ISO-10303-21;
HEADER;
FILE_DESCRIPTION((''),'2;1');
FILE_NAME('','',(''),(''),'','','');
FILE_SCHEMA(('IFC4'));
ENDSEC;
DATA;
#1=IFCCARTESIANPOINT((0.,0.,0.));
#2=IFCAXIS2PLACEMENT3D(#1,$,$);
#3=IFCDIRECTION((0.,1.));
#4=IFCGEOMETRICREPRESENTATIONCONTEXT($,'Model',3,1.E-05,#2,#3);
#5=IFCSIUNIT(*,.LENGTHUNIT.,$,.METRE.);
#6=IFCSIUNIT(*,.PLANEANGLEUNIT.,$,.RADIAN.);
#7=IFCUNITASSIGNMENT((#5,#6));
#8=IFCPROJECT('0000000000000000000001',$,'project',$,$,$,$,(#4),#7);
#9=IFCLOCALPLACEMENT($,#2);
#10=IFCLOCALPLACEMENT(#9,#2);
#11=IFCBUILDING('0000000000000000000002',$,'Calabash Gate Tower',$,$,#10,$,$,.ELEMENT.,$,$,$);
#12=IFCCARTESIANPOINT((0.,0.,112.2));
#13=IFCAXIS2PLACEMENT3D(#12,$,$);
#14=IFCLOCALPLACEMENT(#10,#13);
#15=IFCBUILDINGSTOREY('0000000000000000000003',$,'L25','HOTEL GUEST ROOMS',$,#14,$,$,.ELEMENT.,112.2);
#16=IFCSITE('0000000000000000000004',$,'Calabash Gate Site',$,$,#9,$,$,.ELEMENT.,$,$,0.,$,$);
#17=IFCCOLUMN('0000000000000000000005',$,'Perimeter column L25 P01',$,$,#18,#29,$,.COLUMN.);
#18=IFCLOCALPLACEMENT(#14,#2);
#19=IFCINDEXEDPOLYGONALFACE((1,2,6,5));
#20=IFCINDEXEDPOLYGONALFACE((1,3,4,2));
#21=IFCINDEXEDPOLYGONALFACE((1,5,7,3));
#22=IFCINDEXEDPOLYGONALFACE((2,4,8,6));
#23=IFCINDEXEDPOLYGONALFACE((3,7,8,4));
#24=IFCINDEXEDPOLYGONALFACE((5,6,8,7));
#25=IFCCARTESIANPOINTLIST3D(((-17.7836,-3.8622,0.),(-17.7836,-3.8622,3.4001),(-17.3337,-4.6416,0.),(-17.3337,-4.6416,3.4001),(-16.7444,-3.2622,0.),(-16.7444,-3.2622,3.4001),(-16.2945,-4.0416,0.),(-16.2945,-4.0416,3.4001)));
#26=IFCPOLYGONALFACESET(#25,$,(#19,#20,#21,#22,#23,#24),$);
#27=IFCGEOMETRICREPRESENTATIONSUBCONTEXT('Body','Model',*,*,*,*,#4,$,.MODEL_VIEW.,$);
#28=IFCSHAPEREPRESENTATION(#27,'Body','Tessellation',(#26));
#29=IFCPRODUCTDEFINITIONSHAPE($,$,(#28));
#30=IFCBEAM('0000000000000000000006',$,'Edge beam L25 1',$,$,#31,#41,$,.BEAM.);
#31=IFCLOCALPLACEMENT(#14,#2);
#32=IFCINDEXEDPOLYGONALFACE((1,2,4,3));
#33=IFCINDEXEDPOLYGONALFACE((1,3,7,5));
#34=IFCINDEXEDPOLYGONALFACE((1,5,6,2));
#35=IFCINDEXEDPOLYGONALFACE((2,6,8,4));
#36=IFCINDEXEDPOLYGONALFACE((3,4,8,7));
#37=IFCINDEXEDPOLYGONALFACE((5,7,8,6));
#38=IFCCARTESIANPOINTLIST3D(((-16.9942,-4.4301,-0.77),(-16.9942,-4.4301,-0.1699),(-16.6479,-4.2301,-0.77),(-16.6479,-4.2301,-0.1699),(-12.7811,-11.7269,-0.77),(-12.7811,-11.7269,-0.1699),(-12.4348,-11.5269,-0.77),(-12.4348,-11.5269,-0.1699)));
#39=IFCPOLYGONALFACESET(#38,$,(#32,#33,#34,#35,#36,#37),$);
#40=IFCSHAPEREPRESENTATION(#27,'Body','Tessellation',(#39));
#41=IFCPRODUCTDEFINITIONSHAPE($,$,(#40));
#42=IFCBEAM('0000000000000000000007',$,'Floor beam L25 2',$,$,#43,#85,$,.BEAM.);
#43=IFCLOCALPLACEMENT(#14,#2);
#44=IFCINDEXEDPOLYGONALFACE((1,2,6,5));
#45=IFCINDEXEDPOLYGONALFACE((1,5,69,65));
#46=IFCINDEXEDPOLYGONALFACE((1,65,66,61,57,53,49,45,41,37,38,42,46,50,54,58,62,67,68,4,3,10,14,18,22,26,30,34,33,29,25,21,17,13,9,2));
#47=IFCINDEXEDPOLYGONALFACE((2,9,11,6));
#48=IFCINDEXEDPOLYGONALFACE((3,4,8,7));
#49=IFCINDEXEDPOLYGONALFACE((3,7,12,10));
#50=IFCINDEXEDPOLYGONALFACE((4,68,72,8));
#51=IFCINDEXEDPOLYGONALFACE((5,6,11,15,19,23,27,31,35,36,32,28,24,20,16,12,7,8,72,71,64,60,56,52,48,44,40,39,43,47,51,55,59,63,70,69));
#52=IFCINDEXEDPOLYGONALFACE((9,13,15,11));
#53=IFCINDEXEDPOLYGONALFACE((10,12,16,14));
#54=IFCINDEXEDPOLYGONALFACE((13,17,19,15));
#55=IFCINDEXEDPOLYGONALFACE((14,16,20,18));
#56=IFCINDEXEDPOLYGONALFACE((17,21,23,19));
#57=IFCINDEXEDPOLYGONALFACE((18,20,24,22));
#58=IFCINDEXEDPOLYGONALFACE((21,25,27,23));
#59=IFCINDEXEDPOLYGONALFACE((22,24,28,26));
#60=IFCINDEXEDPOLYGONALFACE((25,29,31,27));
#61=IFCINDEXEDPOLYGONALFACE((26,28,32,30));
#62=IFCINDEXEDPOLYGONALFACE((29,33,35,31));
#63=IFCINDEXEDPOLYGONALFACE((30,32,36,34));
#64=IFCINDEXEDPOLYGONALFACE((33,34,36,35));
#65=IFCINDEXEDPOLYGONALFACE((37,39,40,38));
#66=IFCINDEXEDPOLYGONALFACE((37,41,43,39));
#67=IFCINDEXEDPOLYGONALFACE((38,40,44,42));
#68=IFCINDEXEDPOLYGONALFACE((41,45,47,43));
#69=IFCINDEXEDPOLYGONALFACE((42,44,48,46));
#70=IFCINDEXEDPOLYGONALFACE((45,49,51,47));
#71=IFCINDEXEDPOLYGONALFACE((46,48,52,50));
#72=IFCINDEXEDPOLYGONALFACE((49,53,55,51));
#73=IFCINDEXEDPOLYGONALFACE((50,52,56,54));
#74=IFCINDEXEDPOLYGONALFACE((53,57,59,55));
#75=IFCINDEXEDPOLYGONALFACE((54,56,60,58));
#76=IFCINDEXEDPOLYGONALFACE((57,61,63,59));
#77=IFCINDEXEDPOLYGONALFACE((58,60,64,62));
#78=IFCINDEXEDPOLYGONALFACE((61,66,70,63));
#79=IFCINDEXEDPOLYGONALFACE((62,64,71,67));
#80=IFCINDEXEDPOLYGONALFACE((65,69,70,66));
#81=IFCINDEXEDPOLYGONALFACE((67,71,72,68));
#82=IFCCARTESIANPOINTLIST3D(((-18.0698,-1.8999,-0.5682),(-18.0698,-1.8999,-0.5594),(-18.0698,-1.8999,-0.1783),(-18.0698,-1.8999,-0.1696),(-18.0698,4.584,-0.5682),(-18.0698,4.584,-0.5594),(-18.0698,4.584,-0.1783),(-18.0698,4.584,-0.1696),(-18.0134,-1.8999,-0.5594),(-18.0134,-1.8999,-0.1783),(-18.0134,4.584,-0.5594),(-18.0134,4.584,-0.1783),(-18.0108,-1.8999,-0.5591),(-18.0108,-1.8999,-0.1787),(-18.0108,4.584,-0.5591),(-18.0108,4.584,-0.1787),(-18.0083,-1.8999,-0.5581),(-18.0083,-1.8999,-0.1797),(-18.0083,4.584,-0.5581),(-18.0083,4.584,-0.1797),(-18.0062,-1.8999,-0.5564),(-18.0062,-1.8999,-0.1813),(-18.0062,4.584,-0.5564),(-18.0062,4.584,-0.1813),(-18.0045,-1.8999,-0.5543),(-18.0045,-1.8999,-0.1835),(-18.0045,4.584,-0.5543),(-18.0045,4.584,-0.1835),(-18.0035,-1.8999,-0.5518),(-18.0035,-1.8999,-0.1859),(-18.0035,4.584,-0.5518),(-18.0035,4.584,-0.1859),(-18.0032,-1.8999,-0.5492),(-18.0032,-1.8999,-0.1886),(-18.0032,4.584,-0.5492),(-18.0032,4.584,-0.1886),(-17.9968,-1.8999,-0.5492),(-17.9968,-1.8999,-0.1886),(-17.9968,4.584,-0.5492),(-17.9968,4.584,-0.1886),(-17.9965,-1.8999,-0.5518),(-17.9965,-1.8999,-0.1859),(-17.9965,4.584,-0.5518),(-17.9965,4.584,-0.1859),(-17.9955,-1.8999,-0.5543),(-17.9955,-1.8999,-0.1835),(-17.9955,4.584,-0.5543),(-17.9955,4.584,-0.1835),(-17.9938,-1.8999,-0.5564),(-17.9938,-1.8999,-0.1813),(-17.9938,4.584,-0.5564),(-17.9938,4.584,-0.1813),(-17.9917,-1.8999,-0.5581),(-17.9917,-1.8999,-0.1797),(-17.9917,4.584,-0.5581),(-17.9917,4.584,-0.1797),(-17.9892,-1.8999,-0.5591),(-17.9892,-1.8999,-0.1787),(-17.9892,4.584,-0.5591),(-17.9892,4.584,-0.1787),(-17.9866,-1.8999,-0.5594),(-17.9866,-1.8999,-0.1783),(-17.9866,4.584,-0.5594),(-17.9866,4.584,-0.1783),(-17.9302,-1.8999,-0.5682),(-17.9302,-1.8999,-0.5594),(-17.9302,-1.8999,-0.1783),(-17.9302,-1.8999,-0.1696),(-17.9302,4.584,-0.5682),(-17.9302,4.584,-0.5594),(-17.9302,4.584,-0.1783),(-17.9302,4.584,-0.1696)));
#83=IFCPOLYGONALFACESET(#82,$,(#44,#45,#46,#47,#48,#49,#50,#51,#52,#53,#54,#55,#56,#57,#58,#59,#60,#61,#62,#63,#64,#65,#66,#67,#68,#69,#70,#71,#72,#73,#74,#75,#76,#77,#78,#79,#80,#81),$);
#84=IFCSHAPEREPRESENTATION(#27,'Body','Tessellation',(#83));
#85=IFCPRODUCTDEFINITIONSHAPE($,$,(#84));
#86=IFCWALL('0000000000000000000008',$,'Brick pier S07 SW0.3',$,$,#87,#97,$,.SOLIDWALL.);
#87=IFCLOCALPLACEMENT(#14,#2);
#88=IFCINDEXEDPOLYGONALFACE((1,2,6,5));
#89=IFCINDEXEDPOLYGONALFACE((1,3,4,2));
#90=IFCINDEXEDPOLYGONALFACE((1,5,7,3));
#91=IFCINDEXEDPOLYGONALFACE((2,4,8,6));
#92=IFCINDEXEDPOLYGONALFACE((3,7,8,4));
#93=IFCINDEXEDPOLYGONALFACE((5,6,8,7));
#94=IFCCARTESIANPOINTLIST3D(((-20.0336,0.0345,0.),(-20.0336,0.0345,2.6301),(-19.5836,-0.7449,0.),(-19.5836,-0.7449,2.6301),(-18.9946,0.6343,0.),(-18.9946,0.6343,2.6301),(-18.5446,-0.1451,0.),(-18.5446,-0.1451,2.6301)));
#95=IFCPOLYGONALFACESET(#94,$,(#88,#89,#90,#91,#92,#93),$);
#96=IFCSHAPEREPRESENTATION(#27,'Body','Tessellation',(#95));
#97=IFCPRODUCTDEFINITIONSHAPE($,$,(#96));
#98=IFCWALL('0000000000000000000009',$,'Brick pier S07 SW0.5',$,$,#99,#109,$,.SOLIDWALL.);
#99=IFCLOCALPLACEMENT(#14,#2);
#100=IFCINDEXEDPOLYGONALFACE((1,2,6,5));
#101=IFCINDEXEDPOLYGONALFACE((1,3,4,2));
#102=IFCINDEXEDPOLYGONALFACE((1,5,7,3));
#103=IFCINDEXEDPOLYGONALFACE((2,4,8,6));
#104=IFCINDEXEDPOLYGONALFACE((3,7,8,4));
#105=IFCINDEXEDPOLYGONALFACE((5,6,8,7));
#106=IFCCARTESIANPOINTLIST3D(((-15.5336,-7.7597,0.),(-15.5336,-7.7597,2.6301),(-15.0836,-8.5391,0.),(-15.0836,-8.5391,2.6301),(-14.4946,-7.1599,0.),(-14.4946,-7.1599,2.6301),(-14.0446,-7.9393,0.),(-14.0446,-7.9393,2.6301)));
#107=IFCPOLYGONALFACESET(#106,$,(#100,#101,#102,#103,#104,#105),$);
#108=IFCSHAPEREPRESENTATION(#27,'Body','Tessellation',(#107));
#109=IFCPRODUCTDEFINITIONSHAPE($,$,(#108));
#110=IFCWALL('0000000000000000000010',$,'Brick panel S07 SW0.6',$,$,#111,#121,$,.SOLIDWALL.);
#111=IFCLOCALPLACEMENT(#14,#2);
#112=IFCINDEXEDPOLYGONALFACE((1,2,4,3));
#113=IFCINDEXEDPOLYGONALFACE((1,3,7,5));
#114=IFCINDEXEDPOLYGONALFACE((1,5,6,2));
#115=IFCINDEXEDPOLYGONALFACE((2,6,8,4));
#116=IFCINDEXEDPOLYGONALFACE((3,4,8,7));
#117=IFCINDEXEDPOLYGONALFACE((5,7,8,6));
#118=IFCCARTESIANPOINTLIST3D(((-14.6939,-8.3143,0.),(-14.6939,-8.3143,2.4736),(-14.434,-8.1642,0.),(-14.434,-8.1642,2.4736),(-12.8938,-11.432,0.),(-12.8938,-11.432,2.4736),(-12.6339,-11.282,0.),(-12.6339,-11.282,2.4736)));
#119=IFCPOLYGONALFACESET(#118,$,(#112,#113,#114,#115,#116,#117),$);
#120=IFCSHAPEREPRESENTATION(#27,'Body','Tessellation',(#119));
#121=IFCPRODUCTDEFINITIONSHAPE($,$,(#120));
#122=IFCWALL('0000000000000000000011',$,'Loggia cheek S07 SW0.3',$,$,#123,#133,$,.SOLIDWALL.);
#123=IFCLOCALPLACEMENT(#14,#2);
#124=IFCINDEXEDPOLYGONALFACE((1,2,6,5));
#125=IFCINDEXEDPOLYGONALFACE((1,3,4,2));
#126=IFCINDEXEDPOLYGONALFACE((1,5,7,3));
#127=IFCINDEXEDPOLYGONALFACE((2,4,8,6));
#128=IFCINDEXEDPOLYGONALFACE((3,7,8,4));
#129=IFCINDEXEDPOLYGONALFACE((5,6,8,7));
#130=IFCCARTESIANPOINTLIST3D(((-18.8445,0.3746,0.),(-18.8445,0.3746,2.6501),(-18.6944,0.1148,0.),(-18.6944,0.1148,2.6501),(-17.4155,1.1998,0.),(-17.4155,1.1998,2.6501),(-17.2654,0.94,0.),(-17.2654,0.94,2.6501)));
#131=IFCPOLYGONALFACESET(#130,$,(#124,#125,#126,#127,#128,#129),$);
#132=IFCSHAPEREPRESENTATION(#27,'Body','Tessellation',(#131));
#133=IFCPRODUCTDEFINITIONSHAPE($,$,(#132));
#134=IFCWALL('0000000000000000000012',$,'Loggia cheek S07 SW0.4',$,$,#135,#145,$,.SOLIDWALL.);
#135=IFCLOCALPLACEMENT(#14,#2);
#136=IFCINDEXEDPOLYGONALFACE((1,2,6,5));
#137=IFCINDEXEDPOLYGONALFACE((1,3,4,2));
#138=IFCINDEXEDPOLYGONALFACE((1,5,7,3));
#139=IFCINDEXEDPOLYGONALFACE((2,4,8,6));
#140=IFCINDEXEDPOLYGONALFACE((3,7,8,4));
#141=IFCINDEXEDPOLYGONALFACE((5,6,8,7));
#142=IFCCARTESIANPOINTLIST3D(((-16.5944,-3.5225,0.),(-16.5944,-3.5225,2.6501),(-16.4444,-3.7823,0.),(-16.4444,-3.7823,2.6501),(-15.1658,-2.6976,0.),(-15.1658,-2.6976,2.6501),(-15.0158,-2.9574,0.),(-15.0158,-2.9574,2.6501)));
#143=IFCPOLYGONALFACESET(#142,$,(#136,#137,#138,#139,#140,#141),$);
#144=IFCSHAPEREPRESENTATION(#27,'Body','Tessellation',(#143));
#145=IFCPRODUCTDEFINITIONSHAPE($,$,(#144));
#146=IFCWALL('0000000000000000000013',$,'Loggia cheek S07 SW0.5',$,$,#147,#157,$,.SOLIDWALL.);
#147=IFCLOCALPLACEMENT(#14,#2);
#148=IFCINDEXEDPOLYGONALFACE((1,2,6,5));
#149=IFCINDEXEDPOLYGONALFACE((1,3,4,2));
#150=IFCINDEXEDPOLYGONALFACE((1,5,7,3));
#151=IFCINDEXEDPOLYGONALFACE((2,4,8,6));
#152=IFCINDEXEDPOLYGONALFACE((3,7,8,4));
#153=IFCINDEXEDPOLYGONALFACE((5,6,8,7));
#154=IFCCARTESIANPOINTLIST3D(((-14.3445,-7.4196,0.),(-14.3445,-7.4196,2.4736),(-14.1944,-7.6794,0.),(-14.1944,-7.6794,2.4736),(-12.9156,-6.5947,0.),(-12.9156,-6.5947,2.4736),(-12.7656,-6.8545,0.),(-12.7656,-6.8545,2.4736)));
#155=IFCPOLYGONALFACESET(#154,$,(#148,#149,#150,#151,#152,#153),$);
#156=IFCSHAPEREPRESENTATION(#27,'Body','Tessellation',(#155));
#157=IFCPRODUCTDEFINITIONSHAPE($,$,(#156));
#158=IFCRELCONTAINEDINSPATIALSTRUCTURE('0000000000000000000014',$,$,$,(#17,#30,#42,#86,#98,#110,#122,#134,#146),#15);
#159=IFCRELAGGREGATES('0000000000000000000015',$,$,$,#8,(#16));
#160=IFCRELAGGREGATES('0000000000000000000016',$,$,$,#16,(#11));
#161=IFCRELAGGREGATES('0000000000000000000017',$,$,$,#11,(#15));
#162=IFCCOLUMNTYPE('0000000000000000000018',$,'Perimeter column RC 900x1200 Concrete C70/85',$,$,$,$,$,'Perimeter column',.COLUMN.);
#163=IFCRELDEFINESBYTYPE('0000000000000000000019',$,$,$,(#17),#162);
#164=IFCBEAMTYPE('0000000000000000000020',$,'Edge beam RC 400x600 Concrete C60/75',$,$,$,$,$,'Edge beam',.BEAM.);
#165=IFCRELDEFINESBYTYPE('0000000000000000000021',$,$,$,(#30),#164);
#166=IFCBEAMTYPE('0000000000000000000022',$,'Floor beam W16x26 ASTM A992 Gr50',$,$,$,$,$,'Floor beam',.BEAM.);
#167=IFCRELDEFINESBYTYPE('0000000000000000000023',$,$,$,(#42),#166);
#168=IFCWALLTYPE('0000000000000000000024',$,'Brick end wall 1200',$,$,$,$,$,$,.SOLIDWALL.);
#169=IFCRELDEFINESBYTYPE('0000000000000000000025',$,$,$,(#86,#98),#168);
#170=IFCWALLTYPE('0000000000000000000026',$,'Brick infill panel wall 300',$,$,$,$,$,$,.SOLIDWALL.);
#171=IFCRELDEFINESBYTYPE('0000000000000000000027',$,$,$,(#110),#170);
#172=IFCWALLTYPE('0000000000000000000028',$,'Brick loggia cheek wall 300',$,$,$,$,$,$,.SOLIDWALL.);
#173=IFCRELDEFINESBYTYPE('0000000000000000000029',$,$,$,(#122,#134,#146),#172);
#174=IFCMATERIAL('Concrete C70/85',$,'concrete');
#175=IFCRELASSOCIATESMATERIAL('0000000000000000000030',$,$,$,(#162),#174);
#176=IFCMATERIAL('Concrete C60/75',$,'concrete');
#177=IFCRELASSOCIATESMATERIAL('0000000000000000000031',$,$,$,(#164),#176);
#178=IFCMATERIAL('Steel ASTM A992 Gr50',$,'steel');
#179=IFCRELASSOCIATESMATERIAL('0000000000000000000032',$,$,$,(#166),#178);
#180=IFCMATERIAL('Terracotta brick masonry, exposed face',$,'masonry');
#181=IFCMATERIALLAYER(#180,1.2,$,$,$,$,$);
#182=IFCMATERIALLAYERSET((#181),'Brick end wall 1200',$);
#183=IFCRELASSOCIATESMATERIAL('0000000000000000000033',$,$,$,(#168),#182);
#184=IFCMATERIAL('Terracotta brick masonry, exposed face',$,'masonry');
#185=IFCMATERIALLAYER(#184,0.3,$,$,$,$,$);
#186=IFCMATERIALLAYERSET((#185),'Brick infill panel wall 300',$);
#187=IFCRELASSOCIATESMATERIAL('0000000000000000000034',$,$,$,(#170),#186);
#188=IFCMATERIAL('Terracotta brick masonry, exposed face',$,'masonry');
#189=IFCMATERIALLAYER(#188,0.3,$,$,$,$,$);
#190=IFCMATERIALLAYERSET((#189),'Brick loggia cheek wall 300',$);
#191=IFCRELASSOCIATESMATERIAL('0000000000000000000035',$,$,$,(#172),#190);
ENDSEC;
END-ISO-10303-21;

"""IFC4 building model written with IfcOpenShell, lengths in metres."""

from ifc_helpers import new_model, si_unit, direction, frame, frame_2d, origin, origin_2d, place, context, subcontext, project, spatial, rectangle, i_section, extrude, material, layer, layer_set, material_profile, profile_set, type_object, element, save


model = new_model("IFC4")

# Units and contexts
model_context = context("Model", 3, precision=1e-05, world=origin(), true_north=direction((0.0, 1.0)))
body_context = subcontext(model_context, "Body", "Model", "MODEL_VIEW")
ifc_project = project(units=[si_unit("LENGTHUNIT", "METRE"), si_unit("PLANEANGLEUNIT", "RADIAN")], contexts=[model_context])

# Site, building, storey
site_placement = place(None, origin())
site = spatial("IfcSite", under=ifc_project, at=site_placement, Name="Calabash Gate Site", CompositionType="ELEMENT", RefElevation=0.0)
building_placement = place(site_placement, origin())
building = spatial("IfcBuilding", under=site, at=building_placement, Name="Calabash Gate Tower", CompositionType="ELEMENT")
storey_placement = place(building_placement, frame((0.0, 0.0, 112.2)))
storey = spatial("IfcBuildingStorey", under=building, at=storey_placement, Name="L25", Description="HOTEL GUEST ROOMS", CompositionType="ELEMENT", Elevation=112.2)

# Column
ifc_material_1 = material(Name="Concrete C70/85", Category="concrete")
ifc_material_profile_1 = material_profile(ifc_material_1, rectangle(XDim=0.8999, YDim=1.2, at=origin_2d()))
ifc_profile_set_1 = profile_set([ifc_material_profile_1], Name="Concrete C70/85")
column_type = type_object("IfcColumnType", Name="Perimeter column RC 900x1200 Concrete C70/85", ElementType="Perimeter column", PredefinedType="COLUMN", material=ifc_profile_set_1)
column_placement = place(storey_placement, frame((-17.0391, -3.9519, 0.0), z_axis=(0.0, 0.0, 1.0), x_axis=(0.5, -0.866025, 0.0)))
element("IfcColumn", 1, at=column_placement, inside=storey, type_object=column_type, Name="Perimeter column L25 P01", PredefinedType="COLUMN", context=body_context, shape_type="SweptSolid", body=[
    extrude(rectangle(XDim=0.8999, YDim=1.2, at=origin_2d()), origin(), (0.0, 0.0, 1.0), 3.4001),
])

# Beams
ifc_material_2 = material(Name="Concrete C60/75", Category="concrete")
ifc_material_profile_2 = material_profile(ifc_material_2, rectangle(XDim=0.3999, YDim=0.6001, at=origin_2d()))
ifc_profile_set_2 = profile_set([ifc_material_profile_2], Name="Concrete C60/75")
beam_type_1 = type_object("IfcBeamType", Name="Edge beam RC 400x600 Concrete C60/75", ElementType="Edge beam", PredefinedType="BEAM", material=ifc_profile_set_2)
beam_1_placement = place(storey_placement, frame((-16.821, -4.3301, -0.47), z_axis=(0.500025, -0.866011, 0.0), x_axis=(0.866011, 0.500025, 0.0)))
element("IfcBeam", 2, at=beam_1_placement, inside=storey, type_object=beam_type_1, Name="Edge beam L25 1", PredefinedType="BEAM", context=body_context, shape_type="SweptSolid", body=[
    extrude(rectangle(XDim=0.3999, YDim=0.6001, at=origin_2d()), origin(), (0.0, 0.0, 1.0), 8.4258),
])
ifc_material_3 = material(Name="Steel ASTM A992 Gr50", Category="steel")
ifc_material_profile_3 = material_profile(ifc_material_3, i_section(OverallWidth=0.1396, OverallDepth=0.3987, WebThickness=0.0063, FlangeThickness=0.0088, FilletRadius=0.0103, at=origin_2d()))
ifc_profile_set_3 = profile_set([ifc_material_profile_3], Name="Steel ASTM A992 Gr50")
beam_type_2 = type_object("IfcBeamType", Name="Floor beam W16x26 ASTM A992 Gr50", ElementType="Floor beam", PredefinedType="BEAM", material=ifc_profile_set_3)
beam_2_placement = place(storey_placement, frame((-18.0, -1.8999, -0.3689), z_axis=(0.0, 1.0, 0.0), x_axis=(-1.0, 0.0, 0.0)))
element("IfcBeam", 3, at=beam_2_placement, inside=storey, type_object=beam_type_2, Name="Floor beam L25 2", PredefinedType="BEAM", context=body_context, shape_type="SweptSolid", body=[
    extrude(i_section(OverallWidth=0.1396, OverallDepth=0.3987, WebThickness=0.0063, FlangeThickness=0.0088, FilletRadius=0.0103, at=origin_2d()), origin(), (0.0, 0.0, 1.0), 6.4839),
])

# Walls
ifc_material_4 = material(Name="Terracotta brick masonry, exposed face", Category="masonry")
ifc_layer_1 = layer(ifc_material_4, 1.2)
ifc_layer_set_1 = layer_set([ifc_layer_1], Name="Brick end wall 1200")
wall_type_1 = type_object("IfcWallType", Name="Brick end wall 1200", PredefinedType="SOLIDWALL", material=ifc_layer_set_1)
for number, where, z_axis, x_axis, name in (
    (4, (-19.8086, -0.3552, 0.0), (0.0, 0.0, 1.0), (0.866043, 0.499969, 0.0), "Brick pier S07 SW0.3"),
    (5, (-15.3086, -8.1494, 0.0), (0.0, 0.0, 1.0), (0.866043, 0.499969, 0.0), "Brick pier S07 SW0.5"),
):
    element("IfcWall", number, at=place(storey_placement, frame(where, z_axis=z_axis, x_axis=x_axis)), inside=storey, type_object=wall_type_1, Name=name, PredefinedType="SOLIDWALL", context=body_context, shape_type="SweptSolid", body=[
        extrude(rectangle(XDim=1.1997, YDim=0.8999, at=frame_2d((0.5999, 0.0))), origin(), (0.0, 0.0, 1.0), 2.6301),
    ])
ifc_material_5 = material(Name="Terracotta brick masonry, exposed face", Category="masonry")
ifc_layer_2 = layer(ifc_material_5, 0.3)
ifc_layer_set_2 = layer_set([ifc_layer_2], Name="Brick infill panel wall 300")
wall_type_2 = type_object("IfcWallType", Name="Brick infill panel wall 300", PredefinedType="SOLIDWALL", material=ifc_layer_set_2)
wall_1_placement = place(storey_placement, frame((-14.564, -8.2393, 0.0), z_axis=(0.0, 0.0, 1.0), x_axis=(0.500012, -0.866018, 0.0)))
element("IfcWall", 6, at=wall_1_placement, inside=storey, type_object=wall_type_2, Name="Brick panel S07 SW0.6", PredefinedType="SOLIDWALL", context=body_context, shape_type="SweptSolid", body=[
    extrude(rectangle(XDim=3.6001, YDim=0.3, at=frame_2d((1.8, 0.0))), origin(), (0.0, 0.0, 1.0), 2.4736),
])
ifc_material_6 = material(Name="Terracotta brick masonry, exposed face", Category="masonry")
ifc_layer_3 = layer(ifc_material_6, 0.3)
ifc_layer_set_3 = layer_set([ifc_layer_3], Name="Brick loggia cheek wall 300")
wall_type_3 = type_object("IfcWallType", Name="Brick loggia cheek wall 300", PredefinedType="SOLIDWALL", material=ifc_layer_set_3)
wall_2_placement = place(storey_placement, frame((-18.7695, 0.2446, 0.0), z_axis=(0.0, 0.0, 1.0), x_axis=(0.865976, 0.500085, 0.0)))
element("IfcWall", 7, at=wall_2_placement, inside=storey, type_object=wall_type_3, Name="Loggia cheek S07 SW0.3", PredefinedType="SOLIDWALL", context=body_context, shape_type="SweptSolid", body=[
    extrude(rectangle(XDim=1.6501, YDim=0.3, at=frame_2d((0.8252, 0.0))), origin(), (0.0, 0.0, 1.0), 2.6501),
])
wall_3_placement = place(storey_placement, frame((-16.5193, -3.6523, 0.0), z_axis=(0.0, 0.0, 1.0), x_axis=(0.866003, 0.500038, 0.0)))
element("IfcWall", 8, at=wall_3_placement, inside=storey, type_object=wall_type_3, Name="Loggia cheek S07 SW0.4", PredefinedType="SOLIDWALL", context=body_context, shape_type="SweptSolid", body=[
    extrude(rectangle(XDim=1.6497, YDim=0.3, at=frame_2d((0.8247, 0.0))), origin(), (0.0, 0.0, 1.0), 2.6501),
])
wall_4_placement = place(storey_placement, frame((-12.8406, -6.7246, 0.0), z_axis=(0.0, 0.0, 1.0), x_axis=(-0.86604, -0.499974, 0.0)))
element("IfcWall", 9, at=wall_4_placement, inside=storey, type_object=wall_type_3, Name="Loggia cheek S07 SW0.5", PredefinedType="SOLIDWALL", context=body_context, shape_type="SweptSolid", body=[
    extrude(rectangle(XDim=1.6499, YDim=0.3, at=frame_2d((0.825, 0.0))), origin(), (0.0, 0.0, 1.0), 2.4736),
])

save(model, "model.ifc")
